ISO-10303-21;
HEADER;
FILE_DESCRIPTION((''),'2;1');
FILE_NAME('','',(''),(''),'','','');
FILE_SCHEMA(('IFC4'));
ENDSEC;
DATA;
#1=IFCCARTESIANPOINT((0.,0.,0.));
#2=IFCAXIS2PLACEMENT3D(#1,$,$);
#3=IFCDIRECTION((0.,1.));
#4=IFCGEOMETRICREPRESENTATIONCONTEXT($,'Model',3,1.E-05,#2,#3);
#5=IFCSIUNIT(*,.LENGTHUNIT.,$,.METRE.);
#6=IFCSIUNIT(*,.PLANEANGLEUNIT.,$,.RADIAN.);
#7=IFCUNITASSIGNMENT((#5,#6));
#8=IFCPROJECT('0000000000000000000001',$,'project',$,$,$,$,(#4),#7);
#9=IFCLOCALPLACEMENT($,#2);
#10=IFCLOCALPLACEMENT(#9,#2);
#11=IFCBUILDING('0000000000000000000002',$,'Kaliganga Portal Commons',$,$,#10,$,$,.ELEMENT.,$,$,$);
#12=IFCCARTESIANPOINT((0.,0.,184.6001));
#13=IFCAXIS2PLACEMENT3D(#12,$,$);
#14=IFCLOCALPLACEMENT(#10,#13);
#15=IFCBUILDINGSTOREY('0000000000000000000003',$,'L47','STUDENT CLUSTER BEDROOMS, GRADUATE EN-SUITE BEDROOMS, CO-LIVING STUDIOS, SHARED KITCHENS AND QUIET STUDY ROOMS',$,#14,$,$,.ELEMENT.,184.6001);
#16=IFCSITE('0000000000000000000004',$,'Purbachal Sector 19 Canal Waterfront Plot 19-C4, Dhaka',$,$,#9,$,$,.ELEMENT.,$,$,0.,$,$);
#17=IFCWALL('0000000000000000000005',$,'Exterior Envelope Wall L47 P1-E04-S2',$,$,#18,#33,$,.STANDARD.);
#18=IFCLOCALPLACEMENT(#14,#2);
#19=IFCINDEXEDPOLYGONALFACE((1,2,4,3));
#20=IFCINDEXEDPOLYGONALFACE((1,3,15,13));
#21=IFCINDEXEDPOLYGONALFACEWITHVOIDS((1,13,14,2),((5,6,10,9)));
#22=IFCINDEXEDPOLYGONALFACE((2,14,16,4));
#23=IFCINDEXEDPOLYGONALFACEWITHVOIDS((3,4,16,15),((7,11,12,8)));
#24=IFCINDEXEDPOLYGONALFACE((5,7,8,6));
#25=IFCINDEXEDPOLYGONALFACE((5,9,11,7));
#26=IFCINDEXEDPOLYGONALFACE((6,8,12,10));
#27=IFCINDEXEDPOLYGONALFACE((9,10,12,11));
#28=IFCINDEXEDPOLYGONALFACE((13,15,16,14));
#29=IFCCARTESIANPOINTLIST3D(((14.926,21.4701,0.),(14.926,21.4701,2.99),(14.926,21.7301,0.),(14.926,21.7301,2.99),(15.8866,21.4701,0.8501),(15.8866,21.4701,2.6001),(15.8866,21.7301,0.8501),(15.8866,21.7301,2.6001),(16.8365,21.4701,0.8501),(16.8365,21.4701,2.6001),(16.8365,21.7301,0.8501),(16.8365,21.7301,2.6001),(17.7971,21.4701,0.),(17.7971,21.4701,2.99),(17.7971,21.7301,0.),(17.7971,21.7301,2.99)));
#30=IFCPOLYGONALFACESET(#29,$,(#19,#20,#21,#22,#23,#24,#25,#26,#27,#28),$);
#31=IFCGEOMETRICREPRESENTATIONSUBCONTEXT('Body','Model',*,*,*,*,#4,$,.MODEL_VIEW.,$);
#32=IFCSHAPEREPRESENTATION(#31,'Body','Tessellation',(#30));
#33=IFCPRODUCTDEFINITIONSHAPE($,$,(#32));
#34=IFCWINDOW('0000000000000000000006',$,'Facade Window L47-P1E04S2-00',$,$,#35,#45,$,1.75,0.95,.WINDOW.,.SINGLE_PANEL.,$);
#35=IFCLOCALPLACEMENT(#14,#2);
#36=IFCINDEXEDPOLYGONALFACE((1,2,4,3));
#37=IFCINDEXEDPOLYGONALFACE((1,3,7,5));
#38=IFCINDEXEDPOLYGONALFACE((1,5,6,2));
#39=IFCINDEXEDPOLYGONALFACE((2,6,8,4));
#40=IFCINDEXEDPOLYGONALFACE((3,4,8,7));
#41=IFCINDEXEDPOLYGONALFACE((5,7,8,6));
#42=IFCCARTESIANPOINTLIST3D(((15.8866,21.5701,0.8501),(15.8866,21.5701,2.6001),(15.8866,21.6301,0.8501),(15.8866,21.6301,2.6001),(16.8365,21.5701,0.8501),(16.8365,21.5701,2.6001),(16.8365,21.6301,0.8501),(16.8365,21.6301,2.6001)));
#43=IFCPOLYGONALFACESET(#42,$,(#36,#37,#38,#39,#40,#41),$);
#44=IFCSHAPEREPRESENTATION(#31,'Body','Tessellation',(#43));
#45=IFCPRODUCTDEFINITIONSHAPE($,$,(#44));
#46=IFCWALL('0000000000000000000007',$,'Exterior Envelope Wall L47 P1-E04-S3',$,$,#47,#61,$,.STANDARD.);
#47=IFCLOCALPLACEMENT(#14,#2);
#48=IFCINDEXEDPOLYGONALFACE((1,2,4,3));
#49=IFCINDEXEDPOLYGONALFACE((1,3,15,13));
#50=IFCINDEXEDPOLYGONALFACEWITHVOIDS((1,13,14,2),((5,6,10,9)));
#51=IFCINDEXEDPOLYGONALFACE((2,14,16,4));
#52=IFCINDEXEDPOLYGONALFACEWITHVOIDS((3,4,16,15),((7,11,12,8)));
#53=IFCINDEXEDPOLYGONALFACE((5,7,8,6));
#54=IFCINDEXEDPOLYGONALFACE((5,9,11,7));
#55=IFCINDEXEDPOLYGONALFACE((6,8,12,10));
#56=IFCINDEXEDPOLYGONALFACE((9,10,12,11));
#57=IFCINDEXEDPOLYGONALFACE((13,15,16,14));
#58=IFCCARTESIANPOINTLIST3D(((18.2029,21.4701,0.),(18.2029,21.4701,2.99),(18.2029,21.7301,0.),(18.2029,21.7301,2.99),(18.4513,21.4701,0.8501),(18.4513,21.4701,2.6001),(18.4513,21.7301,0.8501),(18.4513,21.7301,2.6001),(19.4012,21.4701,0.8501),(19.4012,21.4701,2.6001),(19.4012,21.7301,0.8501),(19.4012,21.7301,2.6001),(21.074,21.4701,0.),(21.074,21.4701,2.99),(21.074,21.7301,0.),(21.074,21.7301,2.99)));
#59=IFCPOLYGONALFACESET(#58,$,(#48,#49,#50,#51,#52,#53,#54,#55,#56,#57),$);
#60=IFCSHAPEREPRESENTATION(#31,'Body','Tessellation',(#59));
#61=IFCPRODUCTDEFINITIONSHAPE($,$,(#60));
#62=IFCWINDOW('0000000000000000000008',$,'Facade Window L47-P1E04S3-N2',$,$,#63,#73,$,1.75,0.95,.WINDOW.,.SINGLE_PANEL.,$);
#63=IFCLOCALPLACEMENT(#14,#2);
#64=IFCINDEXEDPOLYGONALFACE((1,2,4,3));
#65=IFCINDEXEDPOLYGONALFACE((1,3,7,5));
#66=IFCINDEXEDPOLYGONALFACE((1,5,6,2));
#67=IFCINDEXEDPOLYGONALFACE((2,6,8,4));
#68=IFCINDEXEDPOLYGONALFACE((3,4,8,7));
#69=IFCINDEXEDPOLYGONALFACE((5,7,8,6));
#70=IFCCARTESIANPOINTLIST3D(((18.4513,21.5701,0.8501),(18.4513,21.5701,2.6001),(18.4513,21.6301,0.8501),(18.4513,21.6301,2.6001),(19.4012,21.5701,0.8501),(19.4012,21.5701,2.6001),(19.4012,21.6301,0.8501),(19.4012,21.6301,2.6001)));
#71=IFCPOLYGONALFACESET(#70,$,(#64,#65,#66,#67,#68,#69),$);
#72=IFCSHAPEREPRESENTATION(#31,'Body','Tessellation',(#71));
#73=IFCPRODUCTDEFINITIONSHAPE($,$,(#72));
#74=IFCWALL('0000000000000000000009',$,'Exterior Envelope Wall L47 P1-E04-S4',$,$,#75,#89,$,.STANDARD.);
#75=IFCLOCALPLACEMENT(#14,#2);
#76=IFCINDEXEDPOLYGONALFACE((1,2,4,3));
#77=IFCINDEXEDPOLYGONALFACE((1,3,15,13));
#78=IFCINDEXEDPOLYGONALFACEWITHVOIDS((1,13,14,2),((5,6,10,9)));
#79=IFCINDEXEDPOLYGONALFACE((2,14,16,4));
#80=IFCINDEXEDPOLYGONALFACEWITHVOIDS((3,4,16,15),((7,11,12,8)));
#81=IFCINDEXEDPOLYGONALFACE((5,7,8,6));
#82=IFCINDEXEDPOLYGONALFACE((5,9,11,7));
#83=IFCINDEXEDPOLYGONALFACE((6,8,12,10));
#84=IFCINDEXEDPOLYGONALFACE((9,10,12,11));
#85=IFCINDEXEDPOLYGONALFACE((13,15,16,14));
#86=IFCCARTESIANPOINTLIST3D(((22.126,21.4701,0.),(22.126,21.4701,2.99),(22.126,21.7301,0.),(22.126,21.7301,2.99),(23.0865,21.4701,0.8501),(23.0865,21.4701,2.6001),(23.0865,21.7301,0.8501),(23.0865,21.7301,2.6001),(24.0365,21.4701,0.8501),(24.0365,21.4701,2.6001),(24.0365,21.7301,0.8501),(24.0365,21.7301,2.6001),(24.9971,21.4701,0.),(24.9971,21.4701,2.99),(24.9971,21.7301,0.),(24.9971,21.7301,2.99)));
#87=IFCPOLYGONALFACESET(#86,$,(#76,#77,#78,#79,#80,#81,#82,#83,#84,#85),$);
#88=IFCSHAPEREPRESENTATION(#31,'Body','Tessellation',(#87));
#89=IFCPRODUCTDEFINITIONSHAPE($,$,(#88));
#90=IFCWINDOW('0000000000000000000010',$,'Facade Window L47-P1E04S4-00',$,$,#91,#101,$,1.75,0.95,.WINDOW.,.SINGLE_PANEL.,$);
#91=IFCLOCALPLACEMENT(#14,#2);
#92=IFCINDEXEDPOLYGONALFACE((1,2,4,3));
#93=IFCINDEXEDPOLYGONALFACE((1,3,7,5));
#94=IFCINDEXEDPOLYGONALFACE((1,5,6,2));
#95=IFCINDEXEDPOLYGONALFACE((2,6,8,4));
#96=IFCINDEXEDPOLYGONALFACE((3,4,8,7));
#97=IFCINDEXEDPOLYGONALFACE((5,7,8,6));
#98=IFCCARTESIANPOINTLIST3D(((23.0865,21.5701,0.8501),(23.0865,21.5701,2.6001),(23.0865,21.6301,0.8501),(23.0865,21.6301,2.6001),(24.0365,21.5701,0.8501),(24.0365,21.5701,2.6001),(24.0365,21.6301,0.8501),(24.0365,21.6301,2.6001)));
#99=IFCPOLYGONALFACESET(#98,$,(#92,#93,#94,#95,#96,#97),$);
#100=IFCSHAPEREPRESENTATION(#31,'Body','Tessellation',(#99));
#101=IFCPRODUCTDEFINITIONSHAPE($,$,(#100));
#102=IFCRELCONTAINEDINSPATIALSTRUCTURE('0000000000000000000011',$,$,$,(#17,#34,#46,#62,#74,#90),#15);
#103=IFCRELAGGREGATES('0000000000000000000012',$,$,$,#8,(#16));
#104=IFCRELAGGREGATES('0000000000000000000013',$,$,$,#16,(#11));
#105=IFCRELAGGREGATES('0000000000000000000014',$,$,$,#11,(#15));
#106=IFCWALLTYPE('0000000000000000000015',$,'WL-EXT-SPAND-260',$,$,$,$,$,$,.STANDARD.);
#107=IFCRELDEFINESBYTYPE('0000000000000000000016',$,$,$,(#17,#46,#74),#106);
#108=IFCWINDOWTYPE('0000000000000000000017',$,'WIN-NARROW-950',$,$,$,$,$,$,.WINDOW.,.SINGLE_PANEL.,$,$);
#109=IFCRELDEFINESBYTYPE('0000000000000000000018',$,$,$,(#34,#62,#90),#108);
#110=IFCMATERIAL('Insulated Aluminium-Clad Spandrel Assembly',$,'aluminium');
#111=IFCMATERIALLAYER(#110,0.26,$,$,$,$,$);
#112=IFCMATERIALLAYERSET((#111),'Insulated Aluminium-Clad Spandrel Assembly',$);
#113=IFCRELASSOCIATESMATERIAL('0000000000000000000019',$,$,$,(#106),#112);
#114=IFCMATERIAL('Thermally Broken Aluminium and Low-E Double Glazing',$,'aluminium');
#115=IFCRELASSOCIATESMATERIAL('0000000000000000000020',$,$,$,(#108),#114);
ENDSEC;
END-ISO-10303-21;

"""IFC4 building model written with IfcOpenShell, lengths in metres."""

from ifc_helpers import new_model, si_unit, direction, frame, frame_2d, origin, place, context, subcontext, project, spatial, rectangle, extrude, material, layer, layer_set, type_object, element, fill, save


model = new_model("IFC4")

# Units and contexts
model_context = context("Model", 3, precision=1e-05, world=origin(), true_north=direction((0.0, 1.0)))
body_context = subcontext(model_context, "Body", "Model", "MODEL_VIEW")
ifc_project = project(units=[si_unit("LENGTHUNIT", "METRE"), si_unit("PLANEANGLEUNIT", "RADIAN")], contexts=[model_context])

# Site, building, storey
site_placement = place(None, origin())
site = spatial("IfcSite", under=ifc_project, at=site_placement, Name="Purbachal Sector 19 Canal Waterfront Plot 19-C4, Dhaka", CompositionType="ELEMENT", RefElevation=0.0)
building_placement = place(site_placement, origin())
building = spatial("IfcBuilding", under=site, at=building_placement, Name="Kaliganga Portal Commons", CompositionType="ELEMENT")
storey_placement = place(building_placement, frame((0.0, 0.0, 184.6001)))
storey = spatial("IfcBuildingStorey", under=building, at=storey_placement, Name="L47", Description="STUDENT CLUSTER BEDROOMS, GRADUATE EN-SUITE BEDROOMS, CO-LIVING STUDIOS, SHARED KITCHENS AND QUIET STUDY ROOMS", CompositionType="ELEMENT", Elevation=184.6001)

# Shared definitions
ifc_material_1 = material(Name="Insulated Aluminium-Clad Spandrel Assembly", Category="aluminium")
ifc_layer_1 = layer(ifc_material_1, 0.26)
ifc_layer_set_1 = layer_set([ifc_layer_1], Name="Insulated Aluminium-Clad Spandrel Assembly")
wall_type = type_object("IfcWallType", Name="WL-EXT-SPAND-260", PredefinedType="STANDARD", material=ifc_layer_set_1)
ifc_material_2 = material(Name="Thermally Broken Aluminium and Low-E Double Glazing", Category="aluminium")

# Walls, openings, windows
wall_1_placement = place(storey_placement, frame((17.7971, 21.6001, 0.0), z_axis=(0.0, 0.0, 1.0), x_axis=(-1.0, 0.0, 0.0)))
wall_1 = element("IfcWall", 1, at=wall_1_placement, inside=storey, type_object=wall_type, Name="Exterior Envelope Wall L47 P1-E04-S2", PredefinedType="STANDARD", context=body_context, shape_type="SweptSolid", body=[
    extrude(rectangle(XDim=2.8711, YDim=0.26, at=frame_2d((1.4355, 0.0))), origin(), (0.0, 0.0, 1.0), 2.99),
])
opening_1_placement = place(wall_1_placement, frame((0.9604, 0.0, 0.8501)))
opening_1 = element("IfcOpeningElement", 2, at=opening_1_placement, cuts=wall_1, PredefinedType="OPENING", context=body_context, shape_type="SweptSolid", body=[
    extrude(rectangle(XDim=0.95, YDim=1.75, at=frame_2d((0.4751, 0.875))), frame((0.0, 0.1401, 0.0), z_axis=(0.0, -1.0, 0.0), x_axis=(1.0, 0.0, 0.0)), (0.0, 0.0, 1.0), 0.28),
])
window_type_1 = type_object("IfcWindowType", Name="WIN-NARROW-950", PartitioningType="SINGLE_PANEL", PredefinedType="WINDOW", material=ifc_material_2)
window_1_placement = place(opening_1_placement, origin())
window_1 = element("IfcWindow", 3, at=window_1_placement, inside=storey, type_object=window_type_1, Name="Facade Window L47-P1E04S2-00", OverallHeight=1.75, OverallWidth=0.95, PartitioningType="SINGLE_PANEL", PredefinedType="WINDOW", context=body_context, shape_type="SweptSolid", body=[
    extrude(rectangle(XDim=0.95, YDim=1.75, at=frame_2d((0.4751, 0.875))), frame((0.0, 0.03, 0.0), z_axis=(0.0, -1.0, 0.0), x_axis=(1.0, 0.0, 0.0)), (0.0, 0.0, 1.0), 0.0601),
])
fill(opening_1, window_1)
wall_2_placement = place(storey_placement, frame((21.074, 21.6001, 0.0), z_axis=(0.0, 0.0, 1.0), x_axis=(-1.0, 0.0, 0.0)))
wall_2 = element("IfcWall", 4, at=wall_2_placement, inside=storey, type_object=wall_type, Name="Exterior Envelope Wall L47 P1-E04-S3", PredefinedType="STANDARD", context=body_context, shape_type="SweptSolid", body=[
    extrude(rectangle(XDim=2.8711, YDim=0.26, at=frame_2d((1.4355, 0.0))), origin(), (0.0, 0.0, 1.0), 2.99),
])
opening_2_placement = place(wall_2_placement, frame((1.6726, 0.0, 0.8501)))
opening_2 = element("IfcOpeningElement", 5, at=opening_2_placement, cuts=wall_2, PredefinedType="OPENING", context=body_context, shape_type="SweptSolid", body=[
    extrude(rectangle(XDim=0.95, YDim=1.75, at=frame_2d((0.4751, 0.875))), frame((0.0, 0.1401, 0.0), z_axis=(0.0, -1.0, 0.0), x_axis=(1.0, 0.0, 0.0)), (0.0, 0.0, 1.0), 0.28),
])
window_2_placement = place(opening_2_placement, origin())
window_2 = element("IfcWindow", 6, at=window_2_placement, inside=storey, type_object=window_type_1, Name="Facade Window L47-P1E04S3-N2", OverallHeight=1.75, OverallWidth=0.95, PartitioningType="SINGLE_PANEL", PredefinedType="WINDOW", context=body_context, shape_type="SweptSolid", body=[
    extrude(rectangle(XDim=0.95, YDim=1.75, at=frame_2d((0.4751, 0.875))), frame((0.0, 0.03, 0.0), z_axis=(0.0, -1.0, 0.0), x_axis=(1.0, 0.0, 0.0)), (0.0, 0.0, 1.0), 0.0601),
])
fill(opening_2, window_2)
wall_3_placement = place(storey_placement, frame((24.9971, 21.6001, 0.0), z_axis=(0.0, 0.0, 1.0), x_axis=(-1.0, 0.0, 0.0)))
wall_3 = element("IfcWall", 7, at=wall_3_placement, inside=storey, type_object=wall_type, Name="Exterior Envelope Wall L47 P1-E04-S4", PredefinedType="STANDARD", context=body_context, shape_type="SweptSolid", body=[
    extrude(rectangle(XDim=2.8711, YDim=0.26, at=frame_2d((1.4355, 0.0))), origin(), (0.0, 0.0, 1.0), 2.99),
])
opening_3_placement = place(wall_3_placement, frame((0.9604, 0.0, 0.8501)))
opening_3 = element("IfcOpeningElement", 8, at=opening_3_placement, cuts=wall_3, PredefinedType="OPENING", context=body_context, shape_type="SweptSolid", body=[
    extrude(rectangle(XDim=0.95, YDim=1.75, at=frame_2d((0.4751, 0.875))), frame((0.0, 0.1401, 0.0), z_axis=(0.0, -1.0, 0.0), x_axis=(1.0, 0.0, 0.0)), (0.0, 0.0, 1.0), 0.28),
])
window_3_placement = place(opening_3_placement, origin())
window_3 = element("IfcWindow", 9, at=window_3_placement, inside=storey, type_object=window_type_1, Name="Facade Window L47-P1E04S4-00", OverallHeight=1.75, OverallWidth=0.95, PartitioningType="SINGLE_PANEL", PredefinedType="WINDOW", context=body_context, shape_type="SweptSolid", body=[
    extrude(rectangle(XDim=0.95, YDim=1.75, at=frame_2d((0.4751, 0.875))), frame((0.0, 0.03, 0.0), z_axis=(0.0, -1.0, 0.0), x_axis=(1.0, 0.0, 0.0)), (0.0, 0.0, 1.0), 0.0601),
])
fill(opening_3, window_3)

save(model, "model.ifc")
